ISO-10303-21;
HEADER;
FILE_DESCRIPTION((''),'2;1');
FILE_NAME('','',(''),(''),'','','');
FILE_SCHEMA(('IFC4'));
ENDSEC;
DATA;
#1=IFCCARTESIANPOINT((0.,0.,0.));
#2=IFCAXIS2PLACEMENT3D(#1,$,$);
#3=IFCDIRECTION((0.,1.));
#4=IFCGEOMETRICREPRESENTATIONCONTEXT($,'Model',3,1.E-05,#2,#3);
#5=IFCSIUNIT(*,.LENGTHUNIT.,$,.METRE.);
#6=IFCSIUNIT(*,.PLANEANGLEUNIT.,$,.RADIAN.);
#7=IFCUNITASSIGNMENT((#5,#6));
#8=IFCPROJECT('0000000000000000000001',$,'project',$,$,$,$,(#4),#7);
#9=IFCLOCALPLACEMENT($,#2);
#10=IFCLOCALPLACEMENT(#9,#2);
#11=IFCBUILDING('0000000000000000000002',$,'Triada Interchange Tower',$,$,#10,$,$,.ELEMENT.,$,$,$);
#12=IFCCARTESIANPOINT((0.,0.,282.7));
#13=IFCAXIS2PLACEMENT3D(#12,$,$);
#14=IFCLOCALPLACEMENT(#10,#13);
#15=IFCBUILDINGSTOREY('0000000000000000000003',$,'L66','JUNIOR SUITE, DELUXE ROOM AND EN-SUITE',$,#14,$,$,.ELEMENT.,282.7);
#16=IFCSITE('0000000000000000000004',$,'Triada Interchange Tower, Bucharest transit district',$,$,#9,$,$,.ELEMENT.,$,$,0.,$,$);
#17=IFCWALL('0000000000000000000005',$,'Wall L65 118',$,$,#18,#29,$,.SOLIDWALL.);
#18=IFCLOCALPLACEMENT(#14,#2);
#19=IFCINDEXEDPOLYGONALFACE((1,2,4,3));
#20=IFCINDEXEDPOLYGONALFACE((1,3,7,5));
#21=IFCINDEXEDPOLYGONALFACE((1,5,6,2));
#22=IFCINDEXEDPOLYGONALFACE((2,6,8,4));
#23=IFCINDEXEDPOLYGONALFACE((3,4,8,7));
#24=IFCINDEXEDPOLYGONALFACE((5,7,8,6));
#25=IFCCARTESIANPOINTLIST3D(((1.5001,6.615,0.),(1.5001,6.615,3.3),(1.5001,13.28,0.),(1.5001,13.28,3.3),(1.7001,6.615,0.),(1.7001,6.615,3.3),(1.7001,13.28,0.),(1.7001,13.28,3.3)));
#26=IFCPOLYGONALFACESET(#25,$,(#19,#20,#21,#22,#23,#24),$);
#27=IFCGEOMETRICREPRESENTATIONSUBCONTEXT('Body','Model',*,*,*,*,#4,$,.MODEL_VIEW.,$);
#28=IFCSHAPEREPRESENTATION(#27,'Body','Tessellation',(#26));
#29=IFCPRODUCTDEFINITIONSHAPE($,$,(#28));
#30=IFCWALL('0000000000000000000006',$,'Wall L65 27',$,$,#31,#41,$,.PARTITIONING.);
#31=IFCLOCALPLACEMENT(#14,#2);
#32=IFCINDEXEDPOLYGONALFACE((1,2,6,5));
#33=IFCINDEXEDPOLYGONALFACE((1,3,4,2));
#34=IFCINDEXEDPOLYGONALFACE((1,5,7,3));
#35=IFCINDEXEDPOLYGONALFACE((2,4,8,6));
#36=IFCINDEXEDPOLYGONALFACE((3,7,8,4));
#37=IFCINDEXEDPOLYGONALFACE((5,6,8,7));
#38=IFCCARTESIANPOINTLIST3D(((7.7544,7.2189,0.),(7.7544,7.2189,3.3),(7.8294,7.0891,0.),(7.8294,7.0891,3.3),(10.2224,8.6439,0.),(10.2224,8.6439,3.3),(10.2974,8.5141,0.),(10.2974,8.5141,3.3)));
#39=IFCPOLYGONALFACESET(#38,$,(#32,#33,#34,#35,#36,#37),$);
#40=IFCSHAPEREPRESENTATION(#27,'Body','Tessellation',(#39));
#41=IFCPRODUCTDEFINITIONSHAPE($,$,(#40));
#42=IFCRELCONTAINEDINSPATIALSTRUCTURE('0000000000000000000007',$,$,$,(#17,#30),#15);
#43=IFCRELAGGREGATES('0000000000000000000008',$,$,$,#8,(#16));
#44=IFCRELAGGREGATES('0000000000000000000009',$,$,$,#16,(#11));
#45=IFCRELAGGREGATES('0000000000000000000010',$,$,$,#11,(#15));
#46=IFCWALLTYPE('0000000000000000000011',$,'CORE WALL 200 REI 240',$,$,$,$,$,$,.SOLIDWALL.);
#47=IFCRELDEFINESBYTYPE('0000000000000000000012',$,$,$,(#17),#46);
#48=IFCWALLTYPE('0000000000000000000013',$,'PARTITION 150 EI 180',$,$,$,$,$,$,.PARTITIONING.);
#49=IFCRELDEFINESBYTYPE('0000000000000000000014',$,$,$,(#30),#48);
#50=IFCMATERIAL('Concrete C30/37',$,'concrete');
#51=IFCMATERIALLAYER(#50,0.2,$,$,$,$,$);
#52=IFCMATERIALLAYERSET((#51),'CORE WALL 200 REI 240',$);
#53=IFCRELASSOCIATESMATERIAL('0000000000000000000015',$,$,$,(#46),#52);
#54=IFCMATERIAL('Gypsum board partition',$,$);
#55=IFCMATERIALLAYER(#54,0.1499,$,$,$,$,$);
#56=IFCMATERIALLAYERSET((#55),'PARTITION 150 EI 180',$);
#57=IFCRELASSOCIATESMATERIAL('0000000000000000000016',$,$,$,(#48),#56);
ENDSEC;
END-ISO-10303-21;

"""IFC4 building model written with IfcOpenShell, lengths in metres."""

from ifc_helpers import new_model, si_unit, direction, frame, frame_2d, origin, place, context, subcontext, project, spatial, rectangle, extrude, material, layer, layer_set, type_object, element, save


model = new_model("IFC4")

# Units and contexts
model_context = context("Model", 3, precision=1e-05, world=origin(), true_north=direction((0.0, 1.0)))
body_context = subcontext(model_context, "Body", "Model", "MODEL_VIEW")
ifc_project = project(units=[si_unit("LENGTHUNIT", "METRE"), si_unit("PLANEANGLEUNIT", "RADIAN")], contexts=[model_context])

# Site, building, storey
site_placement = place(None, origin())
site = spatial("IfcSite", under=ifc_project, at=site_placement, Name="Triada Interchange Tower, Bucharest transit district", CompositionType="ELEMENT", RefElevation=0.0)
building_placement = place(site_placement, origin())
building = spatial("IfcBuilding", under=site, at=building_placement, Name="Triada Interchange Tower", CompositionType="ELEMENT")
storey_placement = place(building_placement, frame((0.0, 0.0, 282.7)))
storey = spatial("IfcBuildingStorey", under=building, at=storey_placement, Name="L66", Description="JUNIOR SUITE, DELUXE ROOM AND EN-SUITE", CompositionType="ELEMENT", Elevation=282.7)

# Shared definitions
ifc_material_1 = material(Name="Concrete C30/37", Category="concrete")

# Walls
ifc_layer_1 = layer(ifc_material_1, 0.2)
ifc_layer_set_1 = layer_set([ifc_layer_1], Name="CORE WALL 200 REI 240")
wall_type_1 = type_object("IfcWallType", Name="CORE WALL 200 REI 240", PredefinedType="SOLIDWALL", material=ifc_layer_set_1)
wall_1_placement = place(storey_placement, frame((1.6001, 6.615, 0.0), z_axis=(0.0, 0.0, 1.0), x_axis=(0.0, 1.0, 0.0)))
element("IfcWall", 1, at=wall_1_placement, inside=storey, type_object=wall_type_1, Name="Wall L65 118", PredefinedType="SOLIDWALL", context=body_context, shape_type="SweptSolid", body=[
    extrude(rectangle(XDim=6.665, YDim=0.2, at=frame_2d((3.3325, 0.0))), origin(), (0.0, 0.0, 1.0), 3.3),
])
ifc_material_2 = material(Name="Gypsum board partition")
ifc_layer_2 = layer(ifc_material_2, 0.1499)
ifc_layer_set_2 = layer_set([ifc_layer_2], Name="PARTITION 150 EI 180")
wall_type_2 = type_object("IfcWallType", Name="PARTITION 150 EI 180", PredefinedType="PARTITIONING", material=ifc_layer_set_2)
wall_2_placement = place(storey_placement, frame((7.792, 7.1541, 0.0), z_axis=(0.0, 0.0, 1.0), x_axis=(0.866004, 0.500036, 0.0)))
element("IfcWall", 2, at=wall_2_placement, inside=storey, type_object=wall_type_2, Name="Wall L65 27", PredefinedType="PARTITIONING", context=body_context, shape_type="SweptSolid", body=[
    extrude(rectangle(XDim=2.8499, YDim=0.1499, at=frame_2d((1.4248, 0.0))), origin(), (0.0, 0.0, 1.0), 3.3),
])

save(model, "model.ifc")
